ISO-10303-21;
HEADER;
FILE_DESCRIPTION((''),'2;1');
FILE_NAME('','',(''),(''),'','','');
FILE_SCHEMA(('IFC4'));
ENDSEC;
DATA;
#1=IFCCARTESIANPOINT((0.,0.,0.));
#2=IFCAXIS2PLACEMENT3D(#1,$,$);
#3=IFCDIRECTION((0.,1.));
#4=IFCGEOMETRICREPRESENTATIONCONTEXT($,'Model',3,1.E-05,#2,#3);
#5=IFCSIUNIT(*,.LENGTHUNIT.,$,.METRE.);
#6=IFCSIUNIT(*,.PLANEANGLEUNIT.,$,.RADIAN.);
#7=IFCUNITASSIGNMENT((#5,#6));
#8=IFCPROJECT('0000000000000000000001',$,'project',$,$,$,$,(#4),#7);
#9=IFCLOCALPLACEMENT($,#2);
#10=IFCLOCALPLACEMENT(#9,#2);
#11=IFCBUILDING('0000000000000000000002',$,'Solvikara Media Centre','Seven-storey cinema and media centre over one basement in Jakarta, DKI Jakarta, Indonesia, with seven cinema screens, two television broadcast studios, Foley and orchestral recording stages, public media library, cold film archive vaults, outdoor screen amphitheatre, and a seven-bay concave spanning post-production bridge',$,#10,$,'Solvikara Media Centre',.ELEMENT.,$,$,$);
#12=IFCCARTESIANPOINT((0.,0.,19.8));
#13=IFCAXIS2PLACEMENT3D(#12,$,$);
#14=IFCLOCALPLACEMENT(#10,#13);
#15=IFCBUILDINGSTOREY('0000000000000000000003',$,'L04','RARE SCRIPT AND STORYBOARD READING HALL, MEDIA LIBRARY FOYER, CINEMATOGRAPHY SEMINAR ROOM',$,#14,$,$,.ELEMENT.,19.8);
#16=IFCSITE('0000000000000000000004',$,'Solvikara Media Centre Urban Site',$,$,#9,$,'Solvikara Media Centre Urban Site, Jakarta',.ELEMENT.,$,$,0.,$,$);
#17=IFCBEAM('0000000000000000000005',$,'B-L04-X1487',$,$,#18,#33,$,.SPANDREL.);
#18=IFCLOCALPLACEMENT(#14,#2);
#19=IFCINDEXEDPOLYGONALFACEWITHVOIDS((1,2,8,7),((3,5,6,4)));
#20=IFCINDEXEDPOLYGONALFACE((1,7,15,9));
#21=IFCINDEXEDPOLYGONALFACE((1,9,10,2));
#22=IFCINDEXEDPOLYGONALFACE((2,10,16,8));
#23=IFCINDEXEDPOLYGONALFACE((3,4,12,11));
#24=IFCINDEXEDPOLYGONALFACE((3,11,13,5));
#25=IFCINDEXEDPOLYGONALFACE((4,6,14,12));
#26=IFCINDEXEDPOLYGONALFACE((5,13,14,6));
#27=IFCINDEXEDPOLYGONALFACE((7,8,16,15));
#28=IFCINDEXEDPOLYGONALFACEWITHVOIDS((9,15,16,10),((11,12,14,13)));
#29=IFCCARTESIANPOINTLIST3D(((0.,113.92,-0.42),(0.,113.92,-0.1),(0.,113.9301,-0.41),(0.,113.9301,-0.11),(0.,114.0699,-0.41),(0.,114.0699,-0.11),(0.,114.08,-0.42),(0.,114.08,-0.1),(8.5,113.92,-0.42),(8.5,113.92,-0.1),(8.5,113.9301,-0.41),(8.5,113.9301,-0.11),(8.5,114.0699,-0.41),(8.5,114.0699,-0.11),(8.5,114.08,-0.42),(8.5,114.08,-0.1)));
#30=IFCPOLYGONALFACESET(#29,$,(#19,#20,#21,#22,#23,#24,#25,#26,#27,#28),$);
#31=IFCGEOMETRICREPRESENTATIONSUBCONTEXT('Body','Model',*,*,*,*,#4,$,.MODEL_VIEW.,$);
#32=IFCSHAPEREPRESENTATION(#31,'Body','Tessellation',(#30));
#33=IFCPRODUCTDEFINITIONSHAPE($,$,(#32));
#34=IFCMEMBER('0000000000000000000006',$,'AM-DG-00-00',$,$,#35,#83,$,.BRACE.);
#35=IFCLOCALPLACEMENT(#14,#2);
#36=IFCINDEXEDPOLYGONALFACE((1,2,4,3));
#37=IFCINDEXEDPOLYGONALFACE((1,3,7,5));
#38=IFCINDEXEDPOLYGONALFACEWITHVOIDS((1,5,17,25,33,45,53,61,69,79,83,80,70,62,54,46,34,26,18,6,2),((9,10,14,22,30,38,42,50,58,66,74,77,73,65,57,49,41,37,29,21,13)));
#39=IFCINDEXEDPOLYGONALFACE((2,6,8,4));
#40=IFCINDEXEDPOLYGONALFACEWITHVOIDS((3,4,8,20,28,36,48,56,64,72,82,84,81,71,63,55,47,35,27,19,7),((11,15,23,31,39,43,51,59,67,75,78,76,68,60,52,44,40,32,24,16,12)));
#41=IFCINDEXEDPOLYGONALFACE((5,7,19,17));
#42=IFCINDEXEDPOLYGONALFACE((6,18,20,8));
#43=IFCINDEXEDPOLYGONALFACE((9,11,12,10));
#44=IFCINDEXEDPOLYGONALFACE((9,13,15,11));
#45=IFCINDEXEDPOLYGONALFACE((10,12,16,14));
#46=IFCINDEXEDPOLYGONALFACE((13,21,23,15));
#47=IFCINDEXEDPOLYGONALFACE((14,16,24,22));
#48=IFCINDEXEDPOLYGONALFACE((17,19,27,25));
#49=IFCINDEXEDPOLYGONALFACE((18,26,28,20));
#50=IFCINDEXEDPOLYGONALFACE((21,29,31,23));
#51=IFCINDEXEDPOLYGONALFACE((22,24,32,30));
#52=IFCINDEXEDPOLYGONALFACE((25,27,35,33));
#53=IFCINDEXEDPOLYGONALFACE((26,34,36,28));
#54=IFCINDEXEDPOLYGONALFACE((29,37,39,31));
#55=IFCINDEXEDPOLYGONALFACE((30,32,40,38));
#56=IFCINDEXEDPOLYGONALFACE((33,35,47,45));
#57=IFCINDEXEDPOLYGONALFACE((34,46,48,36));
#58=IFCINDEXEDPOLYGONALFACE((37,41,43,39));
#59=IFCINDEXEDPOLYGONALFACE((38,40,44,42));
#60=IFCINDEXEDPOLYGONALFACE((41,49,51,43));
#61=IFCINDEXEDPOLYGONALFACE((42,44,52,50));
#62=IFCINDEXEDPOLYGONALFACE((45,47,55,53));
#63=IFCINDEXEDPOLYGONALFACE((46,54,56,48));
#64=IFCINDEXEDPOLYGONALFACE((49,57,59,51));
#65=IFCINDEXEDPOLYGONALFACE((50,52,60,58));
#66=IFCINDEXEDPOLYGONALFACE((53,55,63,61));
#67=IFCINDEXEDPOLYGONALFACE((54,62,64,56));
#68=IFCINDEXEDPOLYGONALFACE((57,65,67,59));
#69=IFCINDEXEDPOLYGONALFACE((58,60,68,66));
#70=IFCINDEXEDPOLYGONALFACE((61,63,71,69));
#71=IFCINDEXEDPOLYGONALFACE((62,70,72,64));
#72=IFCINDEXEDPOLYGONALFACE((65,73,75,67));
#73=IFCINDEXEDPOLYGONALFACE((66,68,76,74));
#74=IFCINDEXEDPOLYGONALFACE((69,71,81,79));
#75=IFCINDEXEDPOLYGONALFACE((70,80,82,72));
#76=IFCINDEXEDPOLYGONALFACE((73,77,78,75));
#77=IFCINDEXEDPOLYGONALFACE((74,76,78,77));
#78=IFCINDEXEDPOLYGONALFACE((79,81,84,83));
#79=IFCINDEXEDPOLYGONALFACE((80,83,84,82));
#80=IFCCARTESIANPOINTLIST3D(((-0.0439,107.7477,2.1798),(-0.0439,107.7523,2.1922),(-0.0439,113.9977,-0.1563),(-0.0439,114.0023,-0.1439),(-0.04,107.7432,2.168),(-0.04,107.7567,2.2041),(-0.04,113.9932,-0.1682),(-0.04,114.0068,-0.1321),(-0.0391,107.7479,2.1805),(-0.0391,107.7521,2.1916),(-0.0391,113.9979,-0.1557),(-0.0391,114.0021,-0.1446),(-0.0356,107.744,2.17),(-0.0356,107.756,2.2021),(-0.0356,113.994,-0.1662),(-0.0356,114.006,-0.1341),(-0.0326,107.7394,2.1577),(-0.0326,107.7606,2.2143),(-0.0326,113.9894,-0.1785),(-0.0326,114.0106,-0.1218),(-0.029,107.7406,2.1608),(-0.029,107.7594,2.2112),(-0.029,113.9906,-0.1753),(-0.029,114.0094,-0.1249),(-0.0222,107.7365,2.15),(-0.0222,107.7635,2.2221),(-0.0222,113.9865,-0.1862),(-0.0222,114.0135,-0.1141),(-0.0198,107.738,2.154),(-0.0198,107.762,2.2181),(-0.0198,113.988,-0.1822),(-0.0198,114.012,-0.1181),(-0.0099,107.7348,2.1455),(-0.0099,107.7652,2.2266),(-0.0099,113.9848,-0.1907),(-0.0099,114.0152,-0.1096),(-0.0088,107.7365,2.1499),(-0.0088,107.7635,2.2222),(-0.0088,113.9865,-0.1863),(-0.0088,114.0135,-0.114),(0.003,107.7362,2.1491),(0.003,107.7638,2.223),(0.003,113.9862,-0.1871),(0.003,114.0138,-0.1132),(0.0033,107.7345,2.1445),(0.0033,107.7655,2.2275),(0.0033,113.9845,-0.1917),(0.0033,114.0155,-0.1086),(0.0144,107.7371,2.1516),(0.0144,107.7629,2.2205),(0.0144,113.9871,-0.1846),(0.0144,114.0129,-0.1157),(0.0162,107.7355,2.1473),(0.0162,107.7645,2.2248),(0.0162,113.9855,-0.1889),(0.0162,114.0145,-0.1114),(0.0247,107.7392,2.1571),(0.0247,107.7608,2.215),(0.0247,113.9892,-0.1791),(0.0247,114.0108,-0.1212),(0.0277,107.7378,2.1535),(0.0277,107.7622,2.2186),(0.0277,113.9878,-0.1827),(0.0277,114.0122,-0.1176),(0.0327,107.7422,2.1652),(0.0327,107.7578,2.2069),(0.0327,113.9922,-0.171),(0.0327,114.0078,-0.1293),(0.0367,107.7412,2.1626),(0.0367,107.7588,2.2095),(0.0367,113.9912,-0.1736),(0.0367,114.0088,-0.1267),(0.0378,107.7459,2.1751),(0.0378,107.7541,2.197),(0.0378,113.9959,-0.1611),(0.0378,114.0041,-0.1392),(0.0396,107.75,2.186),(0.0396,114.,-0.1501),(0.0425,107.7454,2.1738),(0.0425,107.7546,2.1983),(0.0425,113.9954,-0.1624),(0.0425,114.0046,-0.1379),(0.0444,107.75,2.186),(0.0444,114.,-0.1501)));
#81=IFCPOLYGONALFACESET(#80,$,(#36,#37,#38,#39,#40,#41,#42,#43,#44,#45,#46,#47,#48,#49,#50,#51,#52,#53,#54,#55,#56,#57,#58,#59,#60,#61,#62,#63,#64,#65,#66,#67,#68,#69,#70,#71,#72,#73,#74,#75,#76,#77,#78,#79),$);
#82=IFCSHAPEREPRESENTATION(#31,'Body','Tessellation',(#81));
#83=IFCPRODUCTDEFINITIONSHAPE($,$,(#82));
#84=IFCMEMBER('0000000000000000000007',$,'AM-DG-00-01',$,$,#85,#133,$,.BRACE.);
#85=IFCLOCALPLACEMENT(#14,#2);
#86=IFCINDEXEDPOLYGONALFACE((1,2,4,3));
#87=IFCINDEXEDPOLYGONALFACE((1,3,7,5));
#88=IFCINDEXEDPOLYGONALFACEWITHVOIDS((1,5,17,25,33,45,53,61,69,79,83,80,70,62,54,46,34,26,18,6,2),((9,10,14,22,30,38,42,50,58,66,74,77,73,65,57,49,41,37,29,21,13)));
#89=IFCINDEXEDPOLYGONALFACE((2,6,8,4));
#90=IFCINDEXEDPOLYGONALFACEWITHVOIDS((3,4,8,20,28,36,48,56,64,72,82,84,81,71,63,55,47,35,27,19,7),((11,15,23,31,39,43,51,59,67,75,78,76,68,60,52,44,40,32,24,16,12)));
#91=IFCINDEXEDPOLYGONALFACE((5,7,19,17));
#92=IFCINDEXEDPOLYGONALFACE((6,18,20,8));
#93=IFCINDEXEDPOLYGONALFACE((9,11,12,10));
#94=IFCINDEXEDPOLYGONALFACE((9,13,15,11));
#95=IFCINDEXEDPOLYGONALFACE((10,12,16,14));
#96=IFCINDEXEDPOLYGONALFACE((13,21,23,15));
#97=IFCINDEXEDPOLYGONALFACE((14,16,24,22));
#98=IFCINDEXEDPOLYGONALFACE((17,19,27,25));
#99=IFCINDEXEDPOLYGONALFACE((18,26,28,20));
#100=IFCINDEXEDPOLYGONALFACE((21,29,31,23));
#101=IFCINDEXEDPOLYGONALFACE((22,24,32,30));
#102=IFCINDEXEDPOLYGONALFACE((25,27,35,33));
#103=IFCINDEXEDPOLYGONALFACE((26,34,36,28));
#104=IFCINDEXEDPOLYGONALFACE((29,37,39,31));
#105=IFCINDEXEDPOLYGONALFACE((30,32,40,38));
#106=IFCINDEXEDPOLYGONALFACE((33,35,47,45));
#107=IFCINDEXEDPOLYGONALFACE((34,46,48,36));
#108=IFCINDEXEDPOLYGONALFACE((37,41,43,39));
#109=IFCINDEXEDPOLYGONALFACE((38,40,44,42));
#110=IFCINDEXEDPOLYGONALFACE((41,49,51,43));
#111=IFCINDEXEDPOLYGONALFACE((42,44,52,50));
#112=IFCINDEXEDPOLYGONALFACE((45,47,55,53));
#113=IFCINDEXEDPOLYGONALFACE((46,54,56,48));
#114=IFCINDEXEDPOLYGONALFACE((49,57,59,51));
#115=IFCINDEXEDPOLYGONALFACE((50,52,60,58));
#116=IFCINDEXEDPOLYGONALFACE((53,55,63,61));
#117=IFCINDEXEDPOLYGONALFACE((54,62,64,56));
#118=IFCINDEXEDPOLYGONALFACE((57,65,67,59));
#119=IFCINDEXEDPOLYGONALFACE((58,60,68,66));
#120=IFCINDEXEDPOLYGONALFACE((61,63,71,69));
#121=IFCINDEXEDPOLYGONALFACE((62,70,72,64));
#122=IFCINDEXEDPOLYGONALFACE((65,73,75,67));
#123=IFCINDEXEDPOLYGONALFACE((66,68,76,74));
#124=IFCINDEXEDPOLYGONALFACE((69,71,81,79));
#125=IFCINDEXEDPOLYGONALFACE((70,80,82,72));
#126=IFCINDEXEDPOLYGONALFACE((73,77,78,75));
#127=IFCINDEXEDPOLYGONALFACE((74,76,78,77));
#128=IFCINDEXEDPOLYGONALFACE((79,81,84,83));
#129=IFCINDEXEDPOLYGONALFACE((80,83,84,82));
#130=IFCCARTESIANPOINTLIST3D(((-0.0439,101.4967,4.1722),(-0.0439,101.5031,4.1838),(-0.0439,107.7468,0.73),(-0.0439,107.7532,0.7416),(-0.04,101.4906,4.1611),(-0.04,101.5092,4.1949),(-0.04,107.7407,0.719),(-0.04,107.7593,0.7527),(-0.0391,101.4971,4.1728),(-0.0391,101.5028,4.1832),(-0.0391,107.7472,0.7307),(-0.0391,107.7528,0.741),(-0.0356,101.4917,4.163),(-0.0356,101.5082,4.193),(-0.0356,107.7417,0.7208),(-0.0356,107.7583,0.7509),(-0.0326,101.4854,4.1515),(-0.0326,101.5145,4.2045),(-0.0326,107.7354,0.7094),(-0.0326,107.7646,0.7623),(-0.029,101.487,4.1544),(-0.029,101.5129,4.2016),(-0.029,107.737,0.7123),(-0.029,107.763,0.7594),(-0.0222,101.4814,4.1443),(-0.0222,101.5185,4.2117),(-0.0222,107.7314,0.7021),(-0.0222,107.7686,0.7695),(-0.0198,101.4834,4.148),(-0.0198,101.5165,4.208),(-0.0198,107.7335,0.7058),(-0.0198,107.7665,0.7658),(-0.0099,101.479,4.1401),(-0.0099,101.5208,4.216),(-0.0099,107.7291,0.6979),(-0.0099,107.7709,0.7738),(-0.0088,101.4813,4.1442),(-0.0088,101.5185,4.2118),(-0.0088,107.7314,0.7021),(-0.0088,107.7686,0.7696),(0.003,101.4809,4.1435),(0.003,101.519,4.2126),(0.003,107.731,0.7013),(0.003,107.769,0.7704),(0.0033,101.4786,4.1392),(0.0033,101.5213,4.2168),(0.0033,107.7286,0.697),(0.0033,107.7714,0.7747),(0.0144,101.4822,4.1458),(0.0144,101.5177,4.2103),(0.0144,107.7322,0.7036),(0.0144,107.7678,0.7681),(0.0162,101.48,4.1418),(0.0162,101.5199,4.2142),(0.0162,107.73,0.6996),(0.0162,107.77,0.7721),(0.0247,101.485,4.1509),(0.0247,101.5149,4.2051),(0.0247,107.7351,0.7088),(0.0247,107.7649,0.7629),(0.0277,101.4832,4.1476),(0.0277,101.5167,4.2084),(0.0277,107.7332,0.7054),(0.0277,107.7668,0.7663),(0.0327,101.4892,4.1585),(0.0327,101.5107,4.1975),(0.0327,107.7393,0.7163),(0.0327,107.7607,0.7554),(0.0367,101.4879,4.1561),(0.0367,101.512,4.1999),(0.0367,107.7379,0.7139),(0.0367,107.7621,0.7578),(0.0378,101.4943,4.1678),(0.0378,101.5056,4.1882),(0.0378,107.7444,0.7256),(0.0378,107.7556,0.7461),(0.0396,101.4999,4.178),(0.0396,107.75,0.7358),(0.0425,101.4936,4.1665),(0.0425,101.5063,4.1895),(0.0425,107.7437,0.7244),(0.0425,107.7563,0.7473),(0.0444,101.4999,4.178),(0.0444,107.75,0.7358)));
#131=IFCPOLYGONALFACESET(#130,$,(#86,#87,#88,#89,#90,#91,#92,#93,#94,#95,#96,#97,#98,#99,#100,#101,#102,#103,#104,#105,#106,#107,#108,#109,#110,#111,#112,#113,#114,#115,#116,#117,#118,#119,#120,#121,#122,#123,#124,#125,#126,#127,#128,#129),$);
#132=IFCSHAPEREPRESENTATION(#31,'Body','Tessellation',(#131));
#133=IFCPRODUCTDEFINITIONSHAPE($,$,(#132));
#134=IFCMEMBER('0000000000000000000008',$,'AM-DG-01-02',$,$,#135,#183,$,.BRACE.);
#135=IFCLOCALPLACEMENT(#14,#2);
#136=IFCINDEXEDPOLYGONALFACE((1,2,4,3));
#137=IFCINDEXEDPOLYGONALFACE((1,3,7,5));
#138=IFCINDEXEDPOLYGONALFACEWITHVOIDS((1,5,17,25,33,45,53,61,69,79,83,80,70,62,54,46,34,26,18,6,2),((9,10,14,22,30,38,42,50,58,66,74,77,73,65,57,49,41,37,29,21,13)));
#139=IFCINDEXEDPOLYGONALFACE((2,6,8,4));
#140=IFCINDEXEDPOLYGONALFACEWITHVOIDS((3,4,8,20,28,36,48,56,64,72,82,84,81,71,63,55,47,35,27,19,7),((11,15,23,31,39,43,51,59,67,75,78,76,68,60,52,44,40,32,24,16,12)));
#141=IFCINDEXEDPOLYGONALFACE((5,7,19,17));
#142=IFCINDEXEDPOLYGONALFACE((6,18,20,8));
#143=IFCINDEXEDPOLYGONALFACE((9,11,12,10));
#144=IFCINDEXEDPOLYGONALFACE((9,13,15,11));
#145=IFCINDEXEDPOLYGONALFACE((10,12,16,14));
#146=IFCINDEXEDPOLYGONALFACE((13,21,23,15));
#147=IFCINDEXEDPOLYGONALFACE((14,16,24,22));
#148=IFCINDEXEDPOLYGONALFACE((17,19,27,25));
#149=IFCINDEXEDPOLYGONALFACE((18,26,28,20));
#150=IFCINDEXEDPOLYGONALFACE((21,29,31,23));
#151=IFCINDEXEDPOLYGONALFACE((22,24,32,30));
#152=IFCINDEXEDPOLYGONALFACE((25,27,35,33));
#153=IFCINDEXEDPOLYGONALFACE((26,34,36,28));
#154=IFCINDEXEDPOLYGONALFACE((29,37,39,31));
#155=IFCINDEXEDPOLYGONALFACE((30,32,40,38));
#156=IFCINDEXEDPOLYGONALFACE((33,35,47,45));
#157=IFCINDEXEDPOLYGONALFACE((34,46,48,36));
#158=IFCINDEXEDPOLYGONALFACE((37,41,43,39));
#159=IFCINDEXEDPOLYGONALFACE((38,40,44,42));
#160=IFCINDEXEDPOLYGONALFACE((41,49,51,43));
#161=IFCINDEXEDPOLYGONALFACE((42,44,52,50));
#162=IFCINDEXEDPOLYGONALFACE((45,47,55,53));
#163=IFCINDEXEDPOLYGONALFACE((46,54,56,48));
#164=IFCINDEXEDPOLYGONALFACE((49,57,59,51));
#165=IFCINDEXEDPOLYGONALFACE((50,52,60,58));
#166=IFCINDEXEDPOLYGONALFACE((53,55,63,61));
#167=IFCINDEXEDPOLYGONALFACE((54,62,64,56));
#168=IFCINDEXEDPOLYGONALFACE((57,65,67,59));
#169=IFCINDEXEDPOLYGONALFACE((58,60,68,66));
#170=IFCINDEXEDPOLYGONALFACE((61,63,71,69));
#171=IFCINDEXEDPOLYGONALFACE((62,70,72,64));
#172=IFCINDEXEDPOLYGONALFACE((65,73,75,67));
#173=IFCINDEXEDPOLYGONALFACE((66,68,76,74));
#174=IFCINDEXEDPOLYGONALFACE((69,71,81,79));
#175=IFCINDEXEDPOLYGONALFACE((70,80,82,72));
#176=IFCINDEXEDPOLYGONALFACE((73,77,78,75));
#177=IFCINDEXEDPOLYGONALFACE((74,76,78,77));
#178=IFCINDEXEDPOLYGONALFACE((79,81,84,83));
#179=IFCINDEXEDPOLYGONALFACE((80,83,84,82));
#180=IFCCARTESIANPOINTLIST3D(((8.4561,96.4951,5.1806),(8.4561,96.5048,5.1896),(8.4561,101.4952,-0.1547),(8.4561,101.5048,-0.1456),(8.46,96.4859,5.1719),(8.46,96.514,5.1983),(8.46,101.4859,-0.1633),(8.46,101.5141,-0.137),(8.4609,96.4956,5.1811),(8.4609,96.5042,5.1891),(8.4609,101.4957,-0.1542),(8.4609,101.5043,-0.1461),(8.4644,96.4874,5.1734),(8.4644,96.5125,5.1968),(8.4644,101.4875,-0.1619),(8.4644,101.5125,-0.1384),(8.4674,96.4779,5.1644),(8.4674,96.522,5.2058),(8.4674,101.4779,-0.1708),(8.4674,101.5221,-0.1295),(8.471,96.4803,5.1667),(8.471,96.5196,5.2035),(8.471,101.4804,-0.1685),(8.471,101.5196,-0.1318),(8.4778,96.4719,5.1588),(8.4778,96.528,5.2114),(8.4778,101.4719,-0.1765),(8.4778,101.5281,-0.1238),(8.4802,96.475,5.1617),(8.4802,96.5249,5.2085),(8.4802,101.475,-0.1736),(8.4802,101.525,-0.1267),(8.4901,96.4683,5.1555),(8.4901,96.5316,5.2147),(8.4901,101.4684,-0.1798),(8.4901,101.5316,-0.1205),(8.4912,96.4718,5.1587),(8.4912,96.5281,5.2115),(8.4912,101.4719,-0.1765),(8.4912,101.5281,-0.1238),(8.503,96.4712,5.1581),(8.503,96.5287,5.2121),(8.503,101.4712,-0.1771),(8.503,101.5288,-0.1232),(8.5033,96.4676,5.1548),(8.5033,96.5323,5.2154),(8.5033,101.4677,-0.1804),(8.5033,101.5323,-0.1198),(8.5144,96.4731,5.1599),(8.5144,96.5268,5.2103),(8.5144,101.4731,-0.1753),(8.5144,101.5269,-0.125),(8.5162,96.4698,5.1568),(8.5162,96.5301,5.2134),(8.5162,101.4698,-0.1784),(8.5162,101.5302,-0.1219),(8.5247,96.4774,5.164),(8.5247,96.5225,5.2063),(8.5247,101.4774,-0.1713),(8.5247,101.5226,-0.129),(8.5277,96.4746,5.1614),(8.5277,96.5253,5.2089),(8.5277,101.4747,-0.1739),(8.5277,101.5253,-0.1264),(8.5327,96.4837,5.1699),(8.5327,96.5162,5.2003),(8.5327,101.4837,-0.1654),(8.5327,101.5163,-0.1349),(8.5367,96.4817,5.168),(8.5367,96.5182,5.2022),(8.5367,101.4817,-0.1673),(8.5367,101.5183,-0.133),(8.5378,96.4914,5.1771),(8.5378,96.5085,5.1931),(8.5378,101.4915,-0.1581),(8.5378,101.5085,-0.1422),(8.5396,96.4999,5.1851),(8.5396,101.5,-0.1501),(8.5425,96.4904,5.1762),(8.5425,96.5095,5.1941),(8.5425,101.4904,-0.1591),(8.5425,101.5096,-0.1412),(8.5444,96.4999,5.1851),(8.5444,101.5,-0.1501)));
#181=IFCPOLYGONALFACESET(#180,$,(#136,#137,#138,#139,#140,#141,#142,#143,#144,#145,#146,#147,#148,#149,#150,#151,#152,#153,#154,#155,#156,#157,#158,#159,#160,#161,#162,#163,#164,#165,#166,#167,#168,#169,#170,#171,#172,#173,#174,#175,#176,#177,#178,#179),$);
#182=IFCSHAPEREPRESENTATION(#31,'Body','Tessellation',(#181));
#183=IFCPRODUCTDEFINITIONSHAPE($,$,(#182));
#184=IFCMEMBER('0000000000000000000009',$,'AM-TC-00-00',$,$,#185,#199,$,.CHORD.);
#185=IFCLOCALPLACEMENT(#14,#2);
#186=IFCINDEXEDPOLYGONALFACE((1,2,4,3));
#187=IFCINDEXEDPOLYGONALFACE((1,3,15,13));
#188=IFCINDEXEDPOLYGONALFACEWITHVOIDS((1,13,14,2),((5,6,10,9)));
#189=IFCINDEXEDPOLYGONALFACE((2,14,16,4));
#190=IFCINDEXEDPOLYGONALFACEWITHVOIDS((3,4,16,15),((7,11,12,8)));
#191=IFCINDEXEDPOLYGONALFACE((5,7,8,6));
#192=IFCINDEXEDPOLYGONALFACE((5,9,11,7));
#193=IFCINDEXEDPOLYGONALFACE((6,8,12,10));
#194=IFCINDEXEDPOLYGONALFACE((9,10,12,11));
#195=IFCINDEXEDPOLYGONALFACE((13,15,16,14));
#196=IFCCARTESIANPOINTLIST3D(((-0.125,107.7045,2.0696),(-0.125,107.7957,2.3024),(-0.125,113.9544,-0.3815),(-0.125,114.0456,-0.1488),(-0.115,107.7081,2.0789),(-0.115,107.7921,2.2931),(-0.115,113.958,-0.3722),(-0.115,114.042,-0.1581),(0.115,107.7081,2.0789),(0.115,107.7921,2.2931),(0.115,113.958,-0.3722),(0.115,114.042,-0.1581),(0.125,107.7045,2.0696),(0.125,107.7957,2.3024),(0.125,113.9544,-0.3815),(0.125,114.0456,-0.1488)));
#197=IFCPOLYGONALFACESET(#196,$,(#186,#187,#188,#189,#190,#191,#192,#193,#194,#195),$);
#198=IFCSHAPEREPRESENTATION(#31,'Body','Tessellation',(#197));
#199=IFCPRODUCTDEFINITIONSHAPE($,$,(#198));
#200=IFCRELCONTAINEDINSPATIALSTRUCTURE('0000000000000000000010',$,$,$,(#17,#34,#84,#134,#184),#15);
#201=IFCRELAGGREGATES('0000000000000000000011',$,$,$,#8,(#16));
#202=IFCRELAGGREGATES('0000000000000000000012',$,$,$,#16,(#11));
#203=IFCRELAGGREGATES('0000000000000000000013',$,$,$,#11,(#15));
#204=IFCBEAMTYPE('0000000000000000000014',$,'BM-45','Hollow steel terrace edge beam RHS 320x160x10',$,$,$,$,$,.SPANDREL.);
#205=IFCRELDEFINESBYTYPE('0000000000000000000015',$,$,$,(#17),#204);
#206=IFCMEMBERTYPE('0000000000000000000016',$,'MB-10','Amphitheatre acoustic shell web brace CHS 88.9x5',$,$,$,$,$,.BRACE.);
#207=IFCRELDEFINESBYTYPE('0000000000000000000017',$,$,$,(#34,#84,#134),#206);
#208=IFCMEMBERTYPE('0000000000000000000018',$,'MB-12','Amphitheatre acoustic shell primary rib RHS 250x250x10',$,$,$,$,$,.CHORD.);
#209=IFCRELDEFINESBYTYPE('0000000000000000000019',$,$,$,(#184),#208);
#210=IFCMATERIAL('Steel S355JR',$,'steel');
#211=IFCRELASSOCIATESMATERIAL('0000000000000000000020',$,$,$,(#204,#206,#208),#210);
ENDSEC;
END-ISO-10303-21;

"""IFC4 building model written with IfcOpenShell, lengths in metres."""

from ifc_helpers import new_model, si_unit, direction, frame, origin, origin_2d, place, context, subcontext, project, spatial, hollow_rectangle, hollow_circle, extrude, material, material_profile, profile_set, type_object, element, save


model = new_model("IFC4")

# Units and contexts
model_context = context("Model", 3, precision=1e-05, world=origin(), true_north=direction((0.0, 1.0)))
body_context = subcontext(model_context, "Body", "Model", "MODEL_VIEW")
ifc_project = project(units=[si_unit("LENGTHUNIT", "METRE"), si_unit("PLANEANGLEUNIT", "RADIAN")], contexts=[model_context])

# Site, building, storey
site_placement = place(None, origin())
site = spatial("IfcSite", under=ifc_project, at=site_placement, Name="Solvikara Media Centre Urban Site", LongName="Solvikara Media Centre Urban Site, Jakarta", CompositionType="ELEMENT", RefElevation=0.0)
building_placement = place(site_placement, origin())
building = spatial("IfcBuilding", under=site, at=building_placement, Name="Solvikara Media Centre", Description="Seven-storey cinema and media centre over one basement in Jakarta, DKI Jakarta, Indonesia, with seven cinema screens, two television broadcast studios, Foley and orchestral recording stages, public media library, cold film archive vaults, outdoor screen amphitheatre, and a seven-bay concave spanning post-production bridge", LongName="Solvikara Media Centre", CompositionType="ELEMENT")
storey_placement = place(building_placement, frame((0.0, 0.0, 19.8)))
storey = spatial("IfcBuildingStorey", under=building, at=storey_placement, Name="L04", Description="RARE SCRIPT AND STORYBOARD READING HALL, MEDIA LIBRARY FOYER, CINEMATOGRAPHY SEMINAR ROOM", CompositionType="ELEMENT", Elevation=19.8)

# Beam
ifc_material_1 = material(Name="Steel S355JR", Category="steel")
ifc_material_profile_1 = material_profile(ifc_material_1, hollow_rectangle(XDim=0.1599, YDim=0.3201, WallThickness=0.01, at=origin_2d()), Name="RHS 320x160x10")
ifc_profile_set_1 = profile_set([ifc_material_profile_1], Name="Steel S355JR")
beam_type = type_object("IfcBeamType", Name="BM-45", Description="Hollow steel terrace edge beam RHS 320x160x10", PredefinedType="SPANDREL", material=ifc_profile_set_1)
beam_placement = place(storey_placement, frame((0.0, 114.0, -0.26), z_axis=(1.0, 0.0, 0.0), x_axis=(0.0, 1.0, 0.0)))
element("IfcBeam", 1, at=beam_placement, inside=storey, type_object=beam_type, Name="B-L04-X1487", PredefinedType="SPANDREL", context=body_context, shape_type="SweptSolid", body=[
    extrude(hollow_rectangle(XDim=0.1599, YDim=0.3201, WallThickness=0.01, at=origin_2d()), origin(), (0.0, 0.0, 1.0), 8.5),
])

# Members
ifc_material_profile_2 = material_profile(ifc_material_1, hollow_circle(Radius=0.0444, WallThickness=0.0049, at=origin_2d()), Name="CHS 88.9x5")
ifc_profile_set_2 = profile_set([ifc_material_profile_2], Name="Steel S355JR")
member_type_1 = type_object("IfcMemberType", Name="MB-10", Description="Amphitheatre acoustic shell web brace CHS 88.9x5", PredefinedType="BRACE", material=ifc_profile_set_2)
member_1_placement = place(storey_placement, frame((0.0, 114.0, -0.1501), z_axis=(0.0, -0.936702, 0.350129), x_axis=(1.0, 0.0, 0.0)))
element("IfcMember", 2, at=member_1_placement, inside=storey, type_object=member_type_1, Name="AM-DG-00-00", PredefinedType="BRACE", context=body_context, shape_type="SweptSolid", body=[
    extrude(hollow_circle(Radius=0.0444, WallThickness=0.0049, at=origin_2d()), origin(), (0.0, 0.0, 1.0), 6.6724),
])
member_2_placement = place(storey_placement, frame((0.0, 107.75, 0.7358), z_axis=(0.0, -0.875941, 0.482418), x_axis=(1.0, 0.0, 0.0)))
element("IfcMember", 3, at=member_2_placement, inside=storey, type_object=member_type_1, Name="AM-DG-00-01", PredefinedType="BRACE", context=body_context, shape_type="SweptSolid", body=[
    extrude(hollow_circle(Radius=0.0444, WallThickness=0.0049, at=origin_2d()), origin(), (0.0, 0.0, 1.0), 7.1353),
])
member_3_placement = place(storey_placement, frame((8.5, 101.5, -0.1501), z_axis=(0.0, -0.683813, 0.729657), x_axis=(1.0, 0.0, 0.0)))
element("IfcMember", 4, at=member_3_placement, inside=storey, type_object=member_type_1, Name="AM-DG-01-02", PredefinedType="BRACE", context=body_context, shape_type="SweptSolid", body=[
    extrude(hollow_circle(Radius=0.0444, WallThickness=0.0049, at=origin_2d()), origin(), (0.0, 0.0, 1.0), 7.312),
])
ifc_material_profile_3 = material_profile(ifc_material_1, hollow_rectangle(XDim=0.25, YDim=0.25, WallThickness=0.01, at=origin_2d()), Name="RHS 250x250x10")
ifc_profile_set_3 = profile_set([ifc_material_profile_3], Name="Steel S355JR")
member_type_2 = type_object("IfcMemberType", Name="MB-12", Description="Amphitheatre acoustic shell primary rib RHS 250x250x10", PredefinedType="CHORD", material=ifc_profile_set_3)
member_4_placement = place(storey_placement, frame((0.0, 114.0, -0.2651), z_axis=(0.0, -0.930964, 0.365112), x_axis=(1.0, 0.0, 0.0)))
element("IfcMember", 5, at=member_4_placement, inside=storey, type_object=member_type_2, Name="AM-TC-00-00", PredefinedType="CHORD", context=body_context, shape_type="SweptSolid", body=[
    extrude(hollow_rectangle(XDim=0.25, YDim=0.25, WallThickness=0.01, at=origin_2d()), origin(), (0.0, 0.0, 1.0), 6.7134),
])

save(model, "model.ifc")
